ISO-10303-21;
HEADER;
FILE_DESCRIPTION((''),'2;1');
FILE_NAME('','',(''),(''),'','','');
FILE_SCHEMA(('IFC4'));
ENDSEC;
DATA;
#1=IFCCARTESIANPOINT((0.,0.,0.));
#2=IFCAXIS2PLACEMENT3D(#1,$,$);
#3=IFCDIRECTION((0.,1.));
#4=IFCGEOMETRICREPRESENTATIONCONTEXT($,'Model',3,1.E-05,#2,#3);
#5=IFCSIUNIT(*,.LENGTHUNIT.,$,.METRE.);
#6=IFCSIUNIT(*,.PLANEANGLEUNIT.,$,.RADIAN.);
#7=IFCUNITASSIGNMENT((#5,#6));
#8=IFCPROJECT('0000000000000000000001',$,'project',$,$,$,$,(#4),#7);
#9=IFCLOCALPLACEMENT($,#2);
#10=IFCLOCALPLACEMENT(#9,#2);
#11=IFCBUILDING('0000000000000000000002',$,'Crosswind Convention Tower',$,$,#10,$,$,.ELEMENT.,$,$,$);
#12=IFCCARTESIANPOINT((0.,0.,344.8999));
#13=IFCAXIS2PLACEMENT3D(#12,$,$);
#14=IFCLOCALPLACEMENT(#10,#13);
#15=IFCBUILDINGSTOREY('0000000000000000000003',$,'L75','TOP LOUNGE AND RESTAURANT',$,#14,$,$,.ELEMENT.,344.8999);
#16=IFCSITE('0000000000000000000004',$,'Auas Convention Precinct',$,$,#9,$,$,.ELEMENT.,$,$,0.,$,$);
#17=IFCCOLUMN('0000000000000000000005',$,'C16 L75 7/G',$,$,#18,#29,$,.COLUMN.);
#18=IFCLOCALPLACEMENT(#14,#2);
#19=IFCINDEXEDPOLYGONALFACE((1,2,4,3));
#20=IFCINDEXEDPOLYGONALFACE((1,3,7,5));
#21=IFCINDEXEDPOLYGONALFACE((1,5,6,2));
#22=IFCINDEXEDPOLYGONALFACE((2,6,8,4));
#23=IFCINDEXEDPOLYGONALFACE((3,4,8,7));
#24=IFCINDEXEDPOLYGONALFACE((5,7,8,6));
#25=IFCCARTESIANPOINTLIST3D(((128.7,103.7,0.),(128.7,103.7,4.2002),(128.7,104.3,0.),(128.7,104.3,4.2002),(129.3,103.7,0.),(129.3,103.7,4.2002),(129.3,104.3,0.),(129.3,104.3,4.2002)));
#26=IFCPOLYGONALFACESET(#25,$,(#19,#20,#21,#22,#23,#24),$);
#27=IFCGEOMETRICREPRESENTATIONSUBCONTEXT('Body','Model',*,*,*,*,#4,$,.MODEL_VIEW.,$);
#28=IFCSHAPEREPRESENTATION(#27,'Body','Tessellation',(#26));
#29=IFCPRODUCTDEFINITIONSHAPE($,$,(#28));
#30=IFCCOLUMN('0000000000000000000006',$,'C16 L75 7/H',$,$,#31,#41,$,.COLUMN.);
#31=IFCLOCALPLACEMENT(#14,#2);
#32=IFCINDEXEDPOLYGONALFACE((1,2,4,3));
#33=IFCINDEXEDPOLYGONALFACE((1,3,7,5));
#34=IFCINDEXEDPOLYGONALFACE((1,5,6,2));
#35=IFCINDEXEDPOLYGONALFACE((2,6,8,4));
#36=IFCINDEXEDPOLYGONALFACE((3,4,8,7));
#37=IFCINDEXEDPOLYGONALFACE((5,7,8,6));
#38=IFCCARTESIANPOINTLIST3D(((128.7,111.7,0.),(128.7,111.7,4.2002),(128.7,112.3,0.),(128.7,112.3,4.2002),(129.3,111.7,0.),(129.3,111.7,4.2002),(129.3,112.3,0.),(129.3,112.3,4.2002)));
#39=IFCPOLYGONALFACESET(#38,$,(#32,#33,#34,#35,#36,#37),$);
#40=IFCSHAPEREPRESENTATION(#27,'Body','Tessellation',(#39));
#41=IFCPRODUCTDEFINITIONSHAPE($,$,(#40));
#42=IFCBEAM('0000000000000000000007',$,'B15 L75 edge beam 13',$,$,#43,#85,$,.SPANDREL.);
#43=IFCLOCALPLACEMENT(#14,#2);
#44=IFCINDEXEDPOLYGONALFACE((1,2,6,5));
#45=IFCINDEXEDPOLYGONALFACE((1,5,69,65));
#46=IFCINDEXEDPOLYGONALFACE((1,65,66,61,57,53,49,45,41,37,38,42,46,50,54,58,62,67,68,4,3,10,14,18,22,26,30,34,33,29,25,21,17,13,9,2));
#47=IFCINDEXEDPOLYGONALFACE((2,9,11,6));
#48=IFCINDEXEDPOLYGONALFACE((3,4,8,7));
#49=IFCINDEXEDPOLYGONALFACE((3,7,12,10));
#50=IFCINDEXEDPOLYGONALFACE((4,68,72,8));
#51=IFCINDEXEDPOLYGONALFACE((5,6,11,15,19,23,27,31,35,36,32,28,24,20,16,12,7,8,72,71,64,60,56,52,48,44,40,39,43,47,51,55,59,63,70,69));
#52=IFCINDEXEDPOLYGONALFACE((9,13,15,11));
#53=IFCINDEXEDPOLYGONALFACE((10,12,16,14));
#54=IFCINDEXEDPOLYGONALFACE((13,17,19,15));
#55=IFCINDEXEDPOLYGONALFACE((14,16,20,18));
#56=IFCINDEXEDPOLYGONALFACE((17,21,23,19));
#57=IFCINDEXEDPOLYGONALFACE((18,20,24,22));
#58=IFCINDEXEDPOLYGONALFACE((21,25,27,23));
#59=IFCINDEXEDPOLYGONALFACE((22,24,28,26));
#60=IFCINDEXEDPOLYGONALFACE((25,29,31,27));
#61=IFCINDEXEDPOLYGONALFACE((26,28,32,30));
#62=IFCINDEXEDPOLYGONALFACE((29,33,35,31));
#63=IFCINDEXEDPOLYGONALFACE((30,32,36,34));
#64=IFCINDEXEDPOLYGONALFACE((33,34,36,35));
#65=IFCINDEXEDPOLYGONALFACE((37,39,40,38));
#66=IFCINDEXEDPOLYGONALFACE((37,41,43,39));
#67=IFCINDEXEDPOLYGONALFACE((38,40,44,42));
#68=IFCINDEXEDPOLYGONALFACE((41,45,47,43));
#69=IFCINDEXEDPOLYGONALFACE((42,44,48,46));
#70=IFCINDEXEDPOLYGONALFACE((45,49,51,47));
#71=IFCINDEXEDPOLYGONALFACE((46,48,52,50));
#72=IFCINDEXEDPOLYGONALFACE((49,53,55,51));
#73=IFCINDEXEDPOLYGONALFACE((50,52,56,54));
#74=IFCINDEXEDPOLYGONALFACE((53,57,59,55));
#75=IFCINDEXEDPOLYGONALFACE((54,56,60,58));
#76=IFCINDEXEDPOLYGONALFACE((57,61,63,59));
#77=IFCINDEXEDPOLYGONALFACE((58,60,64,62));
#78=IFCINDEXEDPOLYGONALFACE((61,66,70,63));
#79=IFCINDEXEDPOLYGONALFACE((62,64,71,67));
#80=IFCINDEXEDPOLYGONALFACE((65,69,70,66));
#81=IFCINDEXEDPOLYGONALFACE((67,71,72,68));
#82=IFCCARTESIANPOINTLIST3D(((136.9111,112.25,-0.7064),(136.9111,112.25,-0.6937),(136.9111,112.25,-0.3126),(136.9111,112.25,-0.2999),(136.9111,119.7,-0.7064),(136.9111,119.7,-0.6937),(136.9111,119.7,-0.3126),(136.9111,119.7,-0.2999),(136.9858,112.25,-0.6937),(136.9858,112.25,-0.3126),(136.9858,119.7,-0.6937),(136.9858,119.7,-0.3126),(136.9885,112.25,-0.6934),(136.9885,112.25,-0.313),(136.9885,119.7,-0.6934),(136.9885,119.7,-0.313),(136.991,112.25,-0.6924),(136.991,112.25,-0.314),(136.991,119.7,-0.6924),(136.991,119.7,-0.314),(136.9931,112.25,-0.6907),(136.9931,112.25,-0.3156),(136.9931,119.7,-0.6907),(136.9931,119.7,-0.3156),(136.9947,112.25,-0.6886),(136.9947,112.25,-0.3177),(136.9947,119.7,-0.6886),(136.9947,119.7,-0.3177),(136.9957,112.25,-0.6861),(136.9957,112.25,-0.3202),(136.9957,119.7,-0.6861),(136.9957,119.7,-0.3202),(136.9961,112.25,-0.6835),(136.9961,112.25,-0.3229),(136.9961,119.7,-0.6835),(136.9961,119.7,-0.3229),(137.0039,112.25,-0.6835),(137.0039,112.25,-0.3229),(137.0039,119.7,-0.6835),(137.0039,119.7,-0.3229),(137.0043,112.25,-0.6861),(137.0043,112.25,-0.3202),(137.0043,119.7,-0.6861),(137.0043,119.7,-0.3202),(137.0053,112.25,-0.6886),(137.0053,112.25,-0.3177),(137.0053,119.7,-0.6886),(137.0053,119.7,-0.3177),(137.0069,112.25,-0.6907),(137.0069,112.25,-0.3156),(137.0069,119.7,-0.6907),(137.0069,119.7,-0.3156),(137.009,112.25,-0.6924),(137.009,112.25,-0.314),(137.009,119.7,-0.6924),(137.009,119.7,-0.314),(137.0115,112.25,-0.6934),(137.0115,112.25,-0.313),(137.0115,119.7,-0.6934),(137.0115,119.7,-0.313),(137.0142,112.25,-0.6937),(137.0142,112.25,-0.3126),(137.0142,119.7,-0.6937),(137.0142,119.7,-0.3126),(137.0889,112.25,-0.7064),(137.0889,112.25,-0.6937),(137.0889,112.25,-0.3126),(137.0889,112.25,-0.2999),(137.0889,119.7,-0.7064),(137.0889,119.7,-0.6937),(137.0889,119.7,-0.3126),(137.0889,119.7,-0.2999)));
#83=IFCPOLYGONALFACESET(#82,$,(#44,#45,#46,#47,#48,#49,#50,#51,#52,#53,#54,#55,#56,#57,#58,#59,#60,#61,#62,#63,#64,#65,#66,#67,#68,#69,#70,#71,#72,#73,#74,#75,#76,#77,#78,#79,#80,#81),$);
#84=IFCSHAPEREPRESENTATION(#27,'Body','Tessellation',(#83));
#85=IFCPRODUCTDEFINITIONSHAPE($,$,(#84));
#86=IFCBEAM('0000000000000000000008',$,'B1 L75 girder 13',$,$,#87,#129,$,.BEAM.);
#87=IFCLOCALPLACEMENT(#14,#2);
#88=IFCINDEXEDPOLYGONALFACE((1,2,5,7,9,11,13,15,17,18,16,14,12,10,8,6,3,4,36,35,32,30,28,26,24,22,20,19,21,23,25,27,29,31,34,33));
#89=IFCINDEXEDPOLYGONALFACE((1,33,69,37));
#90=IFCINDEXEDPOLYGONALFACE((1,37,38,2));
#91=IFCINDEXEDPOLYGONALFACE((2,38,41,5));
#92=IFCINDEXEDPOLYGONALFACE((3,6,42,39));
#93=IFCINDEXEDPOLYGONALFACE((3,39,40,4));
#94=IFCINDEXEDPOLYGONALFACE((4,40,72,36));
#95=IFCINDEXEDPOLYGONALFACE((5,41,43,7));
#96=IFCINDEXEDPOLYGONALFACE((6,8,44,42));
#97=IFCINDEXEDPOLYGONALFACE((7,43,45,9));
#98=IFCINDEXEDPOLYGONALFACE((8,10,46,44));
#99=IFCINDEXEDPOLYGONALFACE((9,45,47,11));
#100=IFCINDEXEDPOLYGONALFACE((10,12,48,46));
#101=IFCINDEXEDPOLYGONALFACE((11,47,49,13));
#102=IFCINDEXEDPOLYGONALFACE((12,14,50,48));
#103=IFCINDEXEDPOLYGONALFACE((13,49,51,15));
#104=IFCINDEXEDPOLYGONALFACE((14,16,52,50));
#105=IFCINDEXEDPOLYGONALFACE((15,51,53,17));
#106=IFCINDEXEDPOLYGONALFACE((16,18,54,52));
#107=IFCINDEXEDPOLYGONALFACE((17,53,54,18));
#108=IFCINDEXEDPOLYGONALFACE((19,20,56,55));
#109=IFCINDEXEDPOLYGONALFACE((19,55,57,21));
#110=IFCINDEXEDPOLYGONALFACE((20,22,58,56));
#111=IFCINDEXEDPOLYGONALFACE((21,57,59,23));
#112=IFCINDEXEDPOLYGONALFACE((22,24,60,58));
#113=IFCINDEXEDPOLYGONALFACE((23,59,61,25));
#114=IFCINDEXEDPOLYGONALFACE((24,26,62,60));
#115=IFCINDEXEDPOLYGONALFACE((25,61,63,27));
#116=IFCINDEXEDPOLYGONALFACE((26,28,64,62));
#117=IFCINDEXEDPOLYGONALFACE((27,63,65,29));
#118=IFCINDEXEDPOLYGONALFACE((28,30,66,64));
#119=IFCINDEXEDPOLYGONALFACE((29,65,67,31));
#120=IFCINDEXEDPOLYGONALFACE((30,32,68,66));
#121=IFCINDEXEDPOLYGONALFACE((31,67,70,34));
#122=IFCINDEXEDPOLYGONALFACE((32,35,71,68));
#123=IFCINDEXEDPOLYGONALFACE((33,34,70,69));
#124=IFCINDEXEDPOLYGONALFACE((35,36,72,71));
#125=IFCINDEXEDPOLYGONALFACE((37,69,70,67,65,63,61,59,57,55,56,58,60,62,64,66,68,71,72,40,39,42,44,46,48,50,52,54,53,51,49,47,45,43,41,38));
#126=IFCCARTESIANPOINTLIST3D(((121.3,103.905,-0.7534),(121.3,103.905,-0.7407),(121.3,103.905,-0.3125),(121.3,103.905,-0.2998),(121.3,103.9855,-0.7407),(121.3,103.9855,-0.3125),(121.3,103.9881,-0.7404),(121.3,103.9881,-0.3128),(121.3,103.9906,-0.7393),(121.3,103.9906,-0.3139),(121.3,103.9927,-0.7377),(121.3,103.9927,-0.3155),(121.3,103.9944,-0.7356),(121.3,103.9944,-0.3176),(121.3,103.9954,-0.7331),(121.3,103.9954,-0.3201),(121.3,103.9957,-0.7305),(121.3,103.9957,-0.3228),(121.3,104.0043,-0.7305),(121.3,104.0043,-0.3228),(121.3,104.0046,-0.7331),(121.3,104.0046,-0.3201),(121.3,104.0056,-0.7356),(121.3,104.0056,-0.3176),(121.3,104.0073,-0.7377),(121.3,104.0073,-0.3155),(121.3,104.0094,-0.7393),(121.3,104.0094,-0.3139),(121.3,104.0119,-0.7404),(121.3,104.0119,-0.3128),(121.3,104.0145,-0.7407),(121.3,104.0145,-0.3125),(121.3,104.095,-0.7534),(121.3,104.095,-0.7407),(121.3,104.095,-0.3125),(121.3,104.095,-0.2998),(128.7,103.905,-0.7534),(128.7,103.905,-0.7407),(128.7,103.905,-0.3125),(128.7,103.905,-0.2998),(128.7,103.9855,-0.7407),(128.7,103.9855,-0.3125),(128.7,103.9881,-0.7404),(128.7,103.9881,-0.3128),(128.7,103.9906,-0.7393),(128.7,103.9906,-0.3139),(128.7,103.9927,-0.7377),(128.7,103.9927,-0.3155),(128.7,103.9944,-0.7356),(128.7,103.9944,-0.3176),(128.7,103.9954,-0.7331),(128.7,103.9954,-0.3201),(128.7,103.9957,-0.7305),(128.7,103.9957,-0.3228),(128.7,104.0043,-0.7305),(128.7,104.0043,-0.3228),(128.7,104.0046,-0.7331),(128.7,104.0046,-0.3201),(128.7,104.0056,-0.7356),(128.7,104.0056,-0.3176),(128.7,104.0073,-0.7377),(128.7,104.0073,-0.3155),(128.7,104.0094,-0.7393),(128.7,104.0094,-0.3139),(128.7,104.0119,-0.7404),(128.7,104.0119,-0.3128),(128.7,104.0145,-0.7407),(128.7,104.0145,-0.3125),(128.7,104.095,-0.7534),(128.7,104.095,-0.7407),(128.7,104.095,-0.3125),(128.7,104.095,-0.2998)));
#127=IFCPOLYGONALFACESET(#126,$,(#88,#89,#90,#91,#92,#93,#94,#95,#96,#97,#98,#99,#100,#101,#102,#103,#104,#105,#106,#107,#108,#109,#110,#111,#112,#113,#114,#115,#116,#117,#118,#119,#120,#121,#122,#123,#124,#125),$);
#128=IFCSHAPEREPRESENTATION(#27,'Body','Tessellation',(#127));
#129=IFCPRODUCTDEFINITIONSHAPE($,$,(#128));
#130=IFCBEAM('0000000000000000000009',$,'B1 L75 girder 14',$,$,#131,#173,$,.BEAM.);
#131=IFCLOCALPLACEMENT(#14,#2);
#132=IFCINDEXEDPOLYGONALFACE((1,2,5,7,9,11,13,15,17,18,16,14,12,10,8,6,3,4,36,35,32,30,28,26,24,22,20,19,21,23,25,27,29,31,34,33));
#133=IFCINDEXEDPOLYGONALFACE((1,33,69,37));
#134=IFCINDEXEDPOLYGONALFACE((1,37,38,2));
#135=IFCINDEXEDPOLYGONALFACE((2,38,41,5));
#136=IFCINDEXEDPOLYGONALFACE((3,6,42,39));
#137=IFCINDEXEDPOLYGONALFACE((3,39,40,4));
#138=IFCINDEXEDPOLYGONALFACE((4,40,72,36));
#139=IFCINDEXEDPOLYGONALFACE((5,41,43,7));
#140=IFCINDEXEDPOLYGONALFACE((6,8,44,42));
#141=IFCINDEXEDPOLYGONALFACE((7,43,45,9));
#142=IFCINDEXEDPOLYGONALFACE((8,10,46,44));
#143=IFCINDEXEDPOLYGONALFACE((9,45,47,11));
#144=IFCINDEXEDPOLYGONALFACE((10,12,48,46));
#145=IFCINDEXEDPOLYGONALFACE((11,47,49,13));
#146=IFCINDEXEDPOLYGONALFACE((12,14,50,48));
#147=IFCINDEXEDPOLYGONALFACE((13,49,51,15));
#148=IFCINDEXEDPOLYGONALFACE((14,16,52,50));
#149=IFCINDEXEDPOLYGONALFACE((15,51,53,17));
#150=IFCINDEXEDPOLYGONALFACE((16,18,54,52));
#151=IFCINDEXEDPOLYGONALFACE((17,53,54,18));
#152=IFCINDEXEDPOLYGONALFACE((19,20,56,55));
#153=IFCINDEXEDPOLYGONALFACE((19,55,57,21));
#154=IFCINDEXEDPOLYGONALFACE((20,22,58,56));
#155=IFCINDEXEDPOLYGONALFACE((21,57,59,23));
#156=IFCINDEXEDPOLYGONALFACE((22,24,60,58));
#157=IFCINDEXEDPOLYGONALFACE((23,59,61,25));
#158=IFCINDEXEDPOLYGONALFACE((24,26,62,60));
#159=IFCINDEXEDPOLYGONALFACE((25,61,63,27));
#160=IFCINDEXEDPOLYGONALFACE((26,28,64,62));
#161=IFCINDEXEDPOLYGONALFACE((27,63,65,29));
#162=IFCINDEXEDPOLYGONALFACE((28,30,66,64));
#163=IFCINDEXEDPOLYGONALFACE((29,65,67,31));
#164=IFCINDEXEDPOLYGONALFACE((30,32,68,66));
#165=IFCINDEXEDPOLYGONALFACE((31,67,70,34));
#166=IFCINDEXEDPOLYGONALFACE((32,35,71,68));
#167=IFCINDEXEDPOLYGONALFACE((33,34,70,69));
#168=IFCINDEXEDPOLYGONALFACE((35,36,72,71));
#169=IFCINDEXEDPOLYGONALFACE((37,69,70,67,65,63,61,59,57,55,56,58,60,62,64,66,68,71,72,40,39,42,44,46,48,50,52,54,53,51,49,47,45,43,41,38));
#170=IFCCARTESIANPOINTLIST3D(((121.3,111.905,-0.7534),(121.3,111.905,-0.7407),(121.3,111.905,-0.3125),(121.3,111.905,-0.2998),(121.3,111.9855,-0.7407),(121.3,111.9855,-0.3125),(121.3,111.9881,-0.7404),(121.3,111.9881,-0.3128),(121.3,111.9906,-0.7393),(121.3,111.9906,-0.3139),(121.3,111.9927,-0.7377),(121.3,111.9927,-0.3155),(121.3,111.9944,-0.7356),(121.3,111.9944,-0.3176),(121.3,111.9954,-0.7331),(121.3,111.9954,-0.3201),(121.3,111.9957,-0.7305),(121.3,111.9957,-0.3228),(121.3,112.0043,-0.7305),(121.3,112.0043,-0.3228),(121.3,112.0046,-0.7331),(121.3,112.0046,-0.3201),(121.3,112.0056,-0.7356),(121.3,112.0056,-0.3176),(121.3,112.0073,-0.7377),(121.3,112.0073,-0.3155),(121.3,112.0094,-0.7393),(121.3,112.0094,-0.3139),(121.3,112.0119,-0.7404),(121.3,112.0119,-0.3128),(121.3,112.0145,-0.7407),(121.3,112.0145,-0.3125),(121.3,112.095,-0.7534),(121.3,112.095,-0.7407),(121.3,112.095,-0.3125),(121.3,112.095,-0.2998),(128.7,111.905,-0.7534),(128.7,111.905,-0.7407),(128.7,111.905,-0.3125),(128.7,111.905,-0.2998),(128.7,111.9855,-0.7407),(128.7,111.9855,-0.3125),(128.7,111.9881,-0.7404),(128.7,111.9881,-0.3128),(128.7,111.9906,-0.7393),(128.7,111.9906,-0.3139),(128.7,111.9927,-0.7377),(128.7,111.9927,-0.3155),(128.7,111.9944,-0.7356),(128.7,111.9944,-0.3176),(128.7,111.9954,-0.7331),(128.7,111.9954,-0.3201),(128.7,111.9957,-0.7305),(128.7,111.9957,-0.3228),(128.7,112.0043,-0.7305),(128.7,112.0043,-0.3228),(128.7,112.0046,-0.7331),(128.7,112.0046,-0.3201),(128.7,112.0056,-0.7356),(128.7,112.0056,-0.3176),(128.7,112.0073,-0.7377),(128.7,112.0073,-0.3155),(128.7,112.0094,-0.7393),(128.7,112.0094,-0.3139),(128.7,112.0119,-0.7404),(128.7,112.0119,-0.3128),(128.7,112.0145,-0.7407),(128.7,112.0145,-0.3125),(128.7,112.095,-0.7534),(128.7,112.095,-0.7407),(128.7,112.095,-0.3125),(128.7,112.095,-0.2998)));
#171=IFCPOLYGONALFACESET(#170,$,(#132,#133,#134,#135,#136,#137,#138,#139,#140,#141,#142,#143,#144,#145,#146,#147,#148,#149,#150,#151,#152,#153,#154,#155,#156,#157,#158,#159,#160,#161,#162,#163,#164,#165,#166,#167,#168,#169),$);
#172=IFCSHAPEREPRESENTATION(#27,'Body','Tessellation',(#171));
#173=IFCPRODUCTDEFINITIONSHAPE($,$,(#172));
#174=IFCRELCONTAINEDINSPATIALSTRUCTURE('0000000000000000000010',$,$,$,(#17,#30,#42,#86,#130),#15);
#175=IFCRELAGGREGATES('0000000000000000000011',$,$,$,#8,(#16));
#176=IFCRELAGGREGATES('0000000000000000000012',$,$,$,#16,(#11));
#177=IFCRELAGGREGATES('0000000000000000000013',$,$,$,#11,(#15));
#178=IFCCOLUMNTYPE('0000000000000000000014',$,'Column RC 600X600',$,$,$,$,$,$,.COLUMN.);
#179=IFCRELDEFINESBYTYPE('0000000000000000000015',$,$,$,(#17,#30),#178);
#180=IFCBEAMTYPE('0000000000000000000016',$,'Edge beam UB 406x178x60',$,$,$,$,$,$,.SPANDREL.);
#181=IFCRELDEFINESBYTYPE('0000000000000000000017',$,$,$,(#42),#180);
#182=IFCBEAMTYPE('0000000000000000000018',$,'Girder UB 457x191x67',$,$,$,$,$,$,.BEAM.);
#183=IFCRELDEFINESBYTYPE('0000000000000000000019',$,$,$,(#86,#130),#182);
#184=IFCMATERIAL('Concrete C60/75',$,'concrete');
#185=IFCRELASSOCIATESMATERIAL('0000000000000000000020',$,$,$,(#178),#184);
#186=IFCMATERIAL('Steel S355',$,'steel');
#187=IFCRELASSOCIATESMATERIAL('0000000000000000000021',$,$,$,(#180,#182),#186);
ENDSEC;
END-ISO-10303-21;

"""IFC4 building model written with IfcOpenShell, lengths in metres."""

from ifc_helpers import new_model, si_unit, direction, frame, origin, origin_2d, place, context, subcontext, project, spatial, rectangle, i_section, extrude, material, material_profile, profile_set, type_object, element, save


model = new_model("IFC4")

# Units and contexts
model_context = context("Model", 3, precision=1e-05, world=origin(), true_north=direction((0.0, 1.0)))
body_context = subcontext(model_context, "Body", "Model", "MODEL_VIEW")
ifc_project = project(units=[si_unit("LENGTHUNIT", "METRE"), si_unit("PLANEANGLEUNIT", "RADIAN")], contexts=[model_context])

# Site, building, storey
site_placement = place(None, origin())
site = spatial("IfcSite", under=ifc_project, at=site_placement, Name="Auas Convention Precinct", CompositionType="ELEMENT", RefElevation=0.0)
building_placement = place(site_placement, origin())
building = spatial("IfcBuilding", under=site, at=building_placement, Name="Crosswind Convention Tower", CompositionType="ELEMENT")
storey_placement = place(building_placement, frame((0.0, 0.0, 344.8999)))
storey = spatial("IfcBuildingStorey", under=building, at=storey_placement, Name="L75", Description="TOP LOUNGE AND RESTAURANT", CompositionType="ELEMENT", Elevation=344.8999)

# Columns
ifc_material_1 = material(Name="Concrete C60/75", Category="concrete")
ifc_material_profile_1 = material_profile(ifc_material_1, rectangle(XDim=0.6001, YDim=0.6001, at=origin_2d()), Name="RC 600X600")
ifc_profile_set_1 = profile_set([ifc_material_profile_1], Name="Concrete C60/75")
column_type = type_object("IfcColumnType", Name="Column RC 600X600", PredefinedType="COLUMN", material=ifc_profile_set_1)
for number, where, z_axis, x_axis, name in (
    (1, (129.0, 104.0, 0.0), (0.0, 0.0, 1.0), (1.0, 0.0, 0.0), "C16 L75 7/G"),
    (2, (129.0, 112.0, 0.0), (0.0, 0.0, 1.0), (1.0, 0.0, 0.0), "C16 L75 7/H"),
):
    element("IfcColumn", number, at=place(storey_placement, frame(where, z_axis=z_axis, x_axis=x_axis)), inside=storey, type_object=column_type, Name=name, PredefinedType="COLUMN", context=body_context, shape_type="SweptSolid", body=[
        extrude(rectangle(XDim=0.6001, YDim=0.6001, at=origin_2d()), origin(), (0.0, 0.0, 1.0), 4.2002),
    ])

# Beams
ifc_material_2 = material(Name="Steel S355", Category="steel")
ifc_material_profile_2 = material_profile(ifc_material_2, i_section(OverallWidth=0.1777, OverallDepth=0.4065, WebThickness=0.0078, FlangeThickness=0.0127, FilletRadius=0.0103, at=origin_2d()), Name="UB 406x178x60")
ifc_profile_set_2 = profile_set([ifc_material_profile_2], Name="Steel S355")
beam_type_1 = type_object("IfcBeamType", Name="Edge beam UB 406x178x60", PredefinedType="SPANDREL", material=ifc_profile_set_2)
beam_placement = place(storey_placement, frame((137.0, 112.25, -0.5032), z_axis=(0.0, 1.0, 0.0), x_axis=(-1.0, 0.0, 0.0)))
element("IfcBeam", 3, at=beam_placement, inside=storey, type_object=beam_type_1, Name="B15 L75 edge beam 13", PredefinedType="SPANDREL", context=body_context, shape_type="SweptSolid", body=[
    extrude(i_section(OverallWidth=0.1777, OverallDepth=0.4065, WebThickness=0.0078, FlangeThickness=0.0127, FilletRadius=0.0103, at=origin_2d()), origin(), (0.0, 0.0, 1.0), 7.45),
])
ifc_material_profile_3 = material_profile(ifc_material_2, i_section(OverallWidth=0.1899, OverallDepth=0.4536, WebThickness=0.0085, FlangeThickness=0.0127, FilletRadius=0.0103, at=origin_2d()), Name="UB 457x191x67")
ifc_profile_set_3 = profile_set([ifc_material_profile_3], Name="Steel S355")
beam_type_2 = type_object("IfcBeamType", Name="Girder UB 457x191x67", PredefinedType="BEAM", material=ifc_profile_set_3)
for number, where, z_axis, x_axis, name in (
    (4, (121.3, 104.0, -0.5266), (1.0, 0.0, 0.0), (0.0, 1.0, 0.0), "B1 L75 girder 13"),
    (5, (121.3, 112.0, -0.5266), (1.0, 0.0, 0.0), (0.0, 1.0, 0.0), "B1 L75 girder 14"),
):
    element("IfcBeam", number, at=place(storey_placement, frame(where, z_axis=z_axis, x_axis=x_axis)), inside=storey, type_object=beam_type_2, Name=name, PredefinedType="BEAM", context=body_context, shape_type="SweptSolid", body=[
        extrude(i_section(OverallWidth=0.1899, OverallDepth=0.4536, WebThickness=0.0085, FlangeThickness=0.0127, FilletRadius=0.0103, at=origin_2d()), origin(), (0.0, 0.0, 1.0), 7.3999),
    ])

save(model, "model.ifc")
